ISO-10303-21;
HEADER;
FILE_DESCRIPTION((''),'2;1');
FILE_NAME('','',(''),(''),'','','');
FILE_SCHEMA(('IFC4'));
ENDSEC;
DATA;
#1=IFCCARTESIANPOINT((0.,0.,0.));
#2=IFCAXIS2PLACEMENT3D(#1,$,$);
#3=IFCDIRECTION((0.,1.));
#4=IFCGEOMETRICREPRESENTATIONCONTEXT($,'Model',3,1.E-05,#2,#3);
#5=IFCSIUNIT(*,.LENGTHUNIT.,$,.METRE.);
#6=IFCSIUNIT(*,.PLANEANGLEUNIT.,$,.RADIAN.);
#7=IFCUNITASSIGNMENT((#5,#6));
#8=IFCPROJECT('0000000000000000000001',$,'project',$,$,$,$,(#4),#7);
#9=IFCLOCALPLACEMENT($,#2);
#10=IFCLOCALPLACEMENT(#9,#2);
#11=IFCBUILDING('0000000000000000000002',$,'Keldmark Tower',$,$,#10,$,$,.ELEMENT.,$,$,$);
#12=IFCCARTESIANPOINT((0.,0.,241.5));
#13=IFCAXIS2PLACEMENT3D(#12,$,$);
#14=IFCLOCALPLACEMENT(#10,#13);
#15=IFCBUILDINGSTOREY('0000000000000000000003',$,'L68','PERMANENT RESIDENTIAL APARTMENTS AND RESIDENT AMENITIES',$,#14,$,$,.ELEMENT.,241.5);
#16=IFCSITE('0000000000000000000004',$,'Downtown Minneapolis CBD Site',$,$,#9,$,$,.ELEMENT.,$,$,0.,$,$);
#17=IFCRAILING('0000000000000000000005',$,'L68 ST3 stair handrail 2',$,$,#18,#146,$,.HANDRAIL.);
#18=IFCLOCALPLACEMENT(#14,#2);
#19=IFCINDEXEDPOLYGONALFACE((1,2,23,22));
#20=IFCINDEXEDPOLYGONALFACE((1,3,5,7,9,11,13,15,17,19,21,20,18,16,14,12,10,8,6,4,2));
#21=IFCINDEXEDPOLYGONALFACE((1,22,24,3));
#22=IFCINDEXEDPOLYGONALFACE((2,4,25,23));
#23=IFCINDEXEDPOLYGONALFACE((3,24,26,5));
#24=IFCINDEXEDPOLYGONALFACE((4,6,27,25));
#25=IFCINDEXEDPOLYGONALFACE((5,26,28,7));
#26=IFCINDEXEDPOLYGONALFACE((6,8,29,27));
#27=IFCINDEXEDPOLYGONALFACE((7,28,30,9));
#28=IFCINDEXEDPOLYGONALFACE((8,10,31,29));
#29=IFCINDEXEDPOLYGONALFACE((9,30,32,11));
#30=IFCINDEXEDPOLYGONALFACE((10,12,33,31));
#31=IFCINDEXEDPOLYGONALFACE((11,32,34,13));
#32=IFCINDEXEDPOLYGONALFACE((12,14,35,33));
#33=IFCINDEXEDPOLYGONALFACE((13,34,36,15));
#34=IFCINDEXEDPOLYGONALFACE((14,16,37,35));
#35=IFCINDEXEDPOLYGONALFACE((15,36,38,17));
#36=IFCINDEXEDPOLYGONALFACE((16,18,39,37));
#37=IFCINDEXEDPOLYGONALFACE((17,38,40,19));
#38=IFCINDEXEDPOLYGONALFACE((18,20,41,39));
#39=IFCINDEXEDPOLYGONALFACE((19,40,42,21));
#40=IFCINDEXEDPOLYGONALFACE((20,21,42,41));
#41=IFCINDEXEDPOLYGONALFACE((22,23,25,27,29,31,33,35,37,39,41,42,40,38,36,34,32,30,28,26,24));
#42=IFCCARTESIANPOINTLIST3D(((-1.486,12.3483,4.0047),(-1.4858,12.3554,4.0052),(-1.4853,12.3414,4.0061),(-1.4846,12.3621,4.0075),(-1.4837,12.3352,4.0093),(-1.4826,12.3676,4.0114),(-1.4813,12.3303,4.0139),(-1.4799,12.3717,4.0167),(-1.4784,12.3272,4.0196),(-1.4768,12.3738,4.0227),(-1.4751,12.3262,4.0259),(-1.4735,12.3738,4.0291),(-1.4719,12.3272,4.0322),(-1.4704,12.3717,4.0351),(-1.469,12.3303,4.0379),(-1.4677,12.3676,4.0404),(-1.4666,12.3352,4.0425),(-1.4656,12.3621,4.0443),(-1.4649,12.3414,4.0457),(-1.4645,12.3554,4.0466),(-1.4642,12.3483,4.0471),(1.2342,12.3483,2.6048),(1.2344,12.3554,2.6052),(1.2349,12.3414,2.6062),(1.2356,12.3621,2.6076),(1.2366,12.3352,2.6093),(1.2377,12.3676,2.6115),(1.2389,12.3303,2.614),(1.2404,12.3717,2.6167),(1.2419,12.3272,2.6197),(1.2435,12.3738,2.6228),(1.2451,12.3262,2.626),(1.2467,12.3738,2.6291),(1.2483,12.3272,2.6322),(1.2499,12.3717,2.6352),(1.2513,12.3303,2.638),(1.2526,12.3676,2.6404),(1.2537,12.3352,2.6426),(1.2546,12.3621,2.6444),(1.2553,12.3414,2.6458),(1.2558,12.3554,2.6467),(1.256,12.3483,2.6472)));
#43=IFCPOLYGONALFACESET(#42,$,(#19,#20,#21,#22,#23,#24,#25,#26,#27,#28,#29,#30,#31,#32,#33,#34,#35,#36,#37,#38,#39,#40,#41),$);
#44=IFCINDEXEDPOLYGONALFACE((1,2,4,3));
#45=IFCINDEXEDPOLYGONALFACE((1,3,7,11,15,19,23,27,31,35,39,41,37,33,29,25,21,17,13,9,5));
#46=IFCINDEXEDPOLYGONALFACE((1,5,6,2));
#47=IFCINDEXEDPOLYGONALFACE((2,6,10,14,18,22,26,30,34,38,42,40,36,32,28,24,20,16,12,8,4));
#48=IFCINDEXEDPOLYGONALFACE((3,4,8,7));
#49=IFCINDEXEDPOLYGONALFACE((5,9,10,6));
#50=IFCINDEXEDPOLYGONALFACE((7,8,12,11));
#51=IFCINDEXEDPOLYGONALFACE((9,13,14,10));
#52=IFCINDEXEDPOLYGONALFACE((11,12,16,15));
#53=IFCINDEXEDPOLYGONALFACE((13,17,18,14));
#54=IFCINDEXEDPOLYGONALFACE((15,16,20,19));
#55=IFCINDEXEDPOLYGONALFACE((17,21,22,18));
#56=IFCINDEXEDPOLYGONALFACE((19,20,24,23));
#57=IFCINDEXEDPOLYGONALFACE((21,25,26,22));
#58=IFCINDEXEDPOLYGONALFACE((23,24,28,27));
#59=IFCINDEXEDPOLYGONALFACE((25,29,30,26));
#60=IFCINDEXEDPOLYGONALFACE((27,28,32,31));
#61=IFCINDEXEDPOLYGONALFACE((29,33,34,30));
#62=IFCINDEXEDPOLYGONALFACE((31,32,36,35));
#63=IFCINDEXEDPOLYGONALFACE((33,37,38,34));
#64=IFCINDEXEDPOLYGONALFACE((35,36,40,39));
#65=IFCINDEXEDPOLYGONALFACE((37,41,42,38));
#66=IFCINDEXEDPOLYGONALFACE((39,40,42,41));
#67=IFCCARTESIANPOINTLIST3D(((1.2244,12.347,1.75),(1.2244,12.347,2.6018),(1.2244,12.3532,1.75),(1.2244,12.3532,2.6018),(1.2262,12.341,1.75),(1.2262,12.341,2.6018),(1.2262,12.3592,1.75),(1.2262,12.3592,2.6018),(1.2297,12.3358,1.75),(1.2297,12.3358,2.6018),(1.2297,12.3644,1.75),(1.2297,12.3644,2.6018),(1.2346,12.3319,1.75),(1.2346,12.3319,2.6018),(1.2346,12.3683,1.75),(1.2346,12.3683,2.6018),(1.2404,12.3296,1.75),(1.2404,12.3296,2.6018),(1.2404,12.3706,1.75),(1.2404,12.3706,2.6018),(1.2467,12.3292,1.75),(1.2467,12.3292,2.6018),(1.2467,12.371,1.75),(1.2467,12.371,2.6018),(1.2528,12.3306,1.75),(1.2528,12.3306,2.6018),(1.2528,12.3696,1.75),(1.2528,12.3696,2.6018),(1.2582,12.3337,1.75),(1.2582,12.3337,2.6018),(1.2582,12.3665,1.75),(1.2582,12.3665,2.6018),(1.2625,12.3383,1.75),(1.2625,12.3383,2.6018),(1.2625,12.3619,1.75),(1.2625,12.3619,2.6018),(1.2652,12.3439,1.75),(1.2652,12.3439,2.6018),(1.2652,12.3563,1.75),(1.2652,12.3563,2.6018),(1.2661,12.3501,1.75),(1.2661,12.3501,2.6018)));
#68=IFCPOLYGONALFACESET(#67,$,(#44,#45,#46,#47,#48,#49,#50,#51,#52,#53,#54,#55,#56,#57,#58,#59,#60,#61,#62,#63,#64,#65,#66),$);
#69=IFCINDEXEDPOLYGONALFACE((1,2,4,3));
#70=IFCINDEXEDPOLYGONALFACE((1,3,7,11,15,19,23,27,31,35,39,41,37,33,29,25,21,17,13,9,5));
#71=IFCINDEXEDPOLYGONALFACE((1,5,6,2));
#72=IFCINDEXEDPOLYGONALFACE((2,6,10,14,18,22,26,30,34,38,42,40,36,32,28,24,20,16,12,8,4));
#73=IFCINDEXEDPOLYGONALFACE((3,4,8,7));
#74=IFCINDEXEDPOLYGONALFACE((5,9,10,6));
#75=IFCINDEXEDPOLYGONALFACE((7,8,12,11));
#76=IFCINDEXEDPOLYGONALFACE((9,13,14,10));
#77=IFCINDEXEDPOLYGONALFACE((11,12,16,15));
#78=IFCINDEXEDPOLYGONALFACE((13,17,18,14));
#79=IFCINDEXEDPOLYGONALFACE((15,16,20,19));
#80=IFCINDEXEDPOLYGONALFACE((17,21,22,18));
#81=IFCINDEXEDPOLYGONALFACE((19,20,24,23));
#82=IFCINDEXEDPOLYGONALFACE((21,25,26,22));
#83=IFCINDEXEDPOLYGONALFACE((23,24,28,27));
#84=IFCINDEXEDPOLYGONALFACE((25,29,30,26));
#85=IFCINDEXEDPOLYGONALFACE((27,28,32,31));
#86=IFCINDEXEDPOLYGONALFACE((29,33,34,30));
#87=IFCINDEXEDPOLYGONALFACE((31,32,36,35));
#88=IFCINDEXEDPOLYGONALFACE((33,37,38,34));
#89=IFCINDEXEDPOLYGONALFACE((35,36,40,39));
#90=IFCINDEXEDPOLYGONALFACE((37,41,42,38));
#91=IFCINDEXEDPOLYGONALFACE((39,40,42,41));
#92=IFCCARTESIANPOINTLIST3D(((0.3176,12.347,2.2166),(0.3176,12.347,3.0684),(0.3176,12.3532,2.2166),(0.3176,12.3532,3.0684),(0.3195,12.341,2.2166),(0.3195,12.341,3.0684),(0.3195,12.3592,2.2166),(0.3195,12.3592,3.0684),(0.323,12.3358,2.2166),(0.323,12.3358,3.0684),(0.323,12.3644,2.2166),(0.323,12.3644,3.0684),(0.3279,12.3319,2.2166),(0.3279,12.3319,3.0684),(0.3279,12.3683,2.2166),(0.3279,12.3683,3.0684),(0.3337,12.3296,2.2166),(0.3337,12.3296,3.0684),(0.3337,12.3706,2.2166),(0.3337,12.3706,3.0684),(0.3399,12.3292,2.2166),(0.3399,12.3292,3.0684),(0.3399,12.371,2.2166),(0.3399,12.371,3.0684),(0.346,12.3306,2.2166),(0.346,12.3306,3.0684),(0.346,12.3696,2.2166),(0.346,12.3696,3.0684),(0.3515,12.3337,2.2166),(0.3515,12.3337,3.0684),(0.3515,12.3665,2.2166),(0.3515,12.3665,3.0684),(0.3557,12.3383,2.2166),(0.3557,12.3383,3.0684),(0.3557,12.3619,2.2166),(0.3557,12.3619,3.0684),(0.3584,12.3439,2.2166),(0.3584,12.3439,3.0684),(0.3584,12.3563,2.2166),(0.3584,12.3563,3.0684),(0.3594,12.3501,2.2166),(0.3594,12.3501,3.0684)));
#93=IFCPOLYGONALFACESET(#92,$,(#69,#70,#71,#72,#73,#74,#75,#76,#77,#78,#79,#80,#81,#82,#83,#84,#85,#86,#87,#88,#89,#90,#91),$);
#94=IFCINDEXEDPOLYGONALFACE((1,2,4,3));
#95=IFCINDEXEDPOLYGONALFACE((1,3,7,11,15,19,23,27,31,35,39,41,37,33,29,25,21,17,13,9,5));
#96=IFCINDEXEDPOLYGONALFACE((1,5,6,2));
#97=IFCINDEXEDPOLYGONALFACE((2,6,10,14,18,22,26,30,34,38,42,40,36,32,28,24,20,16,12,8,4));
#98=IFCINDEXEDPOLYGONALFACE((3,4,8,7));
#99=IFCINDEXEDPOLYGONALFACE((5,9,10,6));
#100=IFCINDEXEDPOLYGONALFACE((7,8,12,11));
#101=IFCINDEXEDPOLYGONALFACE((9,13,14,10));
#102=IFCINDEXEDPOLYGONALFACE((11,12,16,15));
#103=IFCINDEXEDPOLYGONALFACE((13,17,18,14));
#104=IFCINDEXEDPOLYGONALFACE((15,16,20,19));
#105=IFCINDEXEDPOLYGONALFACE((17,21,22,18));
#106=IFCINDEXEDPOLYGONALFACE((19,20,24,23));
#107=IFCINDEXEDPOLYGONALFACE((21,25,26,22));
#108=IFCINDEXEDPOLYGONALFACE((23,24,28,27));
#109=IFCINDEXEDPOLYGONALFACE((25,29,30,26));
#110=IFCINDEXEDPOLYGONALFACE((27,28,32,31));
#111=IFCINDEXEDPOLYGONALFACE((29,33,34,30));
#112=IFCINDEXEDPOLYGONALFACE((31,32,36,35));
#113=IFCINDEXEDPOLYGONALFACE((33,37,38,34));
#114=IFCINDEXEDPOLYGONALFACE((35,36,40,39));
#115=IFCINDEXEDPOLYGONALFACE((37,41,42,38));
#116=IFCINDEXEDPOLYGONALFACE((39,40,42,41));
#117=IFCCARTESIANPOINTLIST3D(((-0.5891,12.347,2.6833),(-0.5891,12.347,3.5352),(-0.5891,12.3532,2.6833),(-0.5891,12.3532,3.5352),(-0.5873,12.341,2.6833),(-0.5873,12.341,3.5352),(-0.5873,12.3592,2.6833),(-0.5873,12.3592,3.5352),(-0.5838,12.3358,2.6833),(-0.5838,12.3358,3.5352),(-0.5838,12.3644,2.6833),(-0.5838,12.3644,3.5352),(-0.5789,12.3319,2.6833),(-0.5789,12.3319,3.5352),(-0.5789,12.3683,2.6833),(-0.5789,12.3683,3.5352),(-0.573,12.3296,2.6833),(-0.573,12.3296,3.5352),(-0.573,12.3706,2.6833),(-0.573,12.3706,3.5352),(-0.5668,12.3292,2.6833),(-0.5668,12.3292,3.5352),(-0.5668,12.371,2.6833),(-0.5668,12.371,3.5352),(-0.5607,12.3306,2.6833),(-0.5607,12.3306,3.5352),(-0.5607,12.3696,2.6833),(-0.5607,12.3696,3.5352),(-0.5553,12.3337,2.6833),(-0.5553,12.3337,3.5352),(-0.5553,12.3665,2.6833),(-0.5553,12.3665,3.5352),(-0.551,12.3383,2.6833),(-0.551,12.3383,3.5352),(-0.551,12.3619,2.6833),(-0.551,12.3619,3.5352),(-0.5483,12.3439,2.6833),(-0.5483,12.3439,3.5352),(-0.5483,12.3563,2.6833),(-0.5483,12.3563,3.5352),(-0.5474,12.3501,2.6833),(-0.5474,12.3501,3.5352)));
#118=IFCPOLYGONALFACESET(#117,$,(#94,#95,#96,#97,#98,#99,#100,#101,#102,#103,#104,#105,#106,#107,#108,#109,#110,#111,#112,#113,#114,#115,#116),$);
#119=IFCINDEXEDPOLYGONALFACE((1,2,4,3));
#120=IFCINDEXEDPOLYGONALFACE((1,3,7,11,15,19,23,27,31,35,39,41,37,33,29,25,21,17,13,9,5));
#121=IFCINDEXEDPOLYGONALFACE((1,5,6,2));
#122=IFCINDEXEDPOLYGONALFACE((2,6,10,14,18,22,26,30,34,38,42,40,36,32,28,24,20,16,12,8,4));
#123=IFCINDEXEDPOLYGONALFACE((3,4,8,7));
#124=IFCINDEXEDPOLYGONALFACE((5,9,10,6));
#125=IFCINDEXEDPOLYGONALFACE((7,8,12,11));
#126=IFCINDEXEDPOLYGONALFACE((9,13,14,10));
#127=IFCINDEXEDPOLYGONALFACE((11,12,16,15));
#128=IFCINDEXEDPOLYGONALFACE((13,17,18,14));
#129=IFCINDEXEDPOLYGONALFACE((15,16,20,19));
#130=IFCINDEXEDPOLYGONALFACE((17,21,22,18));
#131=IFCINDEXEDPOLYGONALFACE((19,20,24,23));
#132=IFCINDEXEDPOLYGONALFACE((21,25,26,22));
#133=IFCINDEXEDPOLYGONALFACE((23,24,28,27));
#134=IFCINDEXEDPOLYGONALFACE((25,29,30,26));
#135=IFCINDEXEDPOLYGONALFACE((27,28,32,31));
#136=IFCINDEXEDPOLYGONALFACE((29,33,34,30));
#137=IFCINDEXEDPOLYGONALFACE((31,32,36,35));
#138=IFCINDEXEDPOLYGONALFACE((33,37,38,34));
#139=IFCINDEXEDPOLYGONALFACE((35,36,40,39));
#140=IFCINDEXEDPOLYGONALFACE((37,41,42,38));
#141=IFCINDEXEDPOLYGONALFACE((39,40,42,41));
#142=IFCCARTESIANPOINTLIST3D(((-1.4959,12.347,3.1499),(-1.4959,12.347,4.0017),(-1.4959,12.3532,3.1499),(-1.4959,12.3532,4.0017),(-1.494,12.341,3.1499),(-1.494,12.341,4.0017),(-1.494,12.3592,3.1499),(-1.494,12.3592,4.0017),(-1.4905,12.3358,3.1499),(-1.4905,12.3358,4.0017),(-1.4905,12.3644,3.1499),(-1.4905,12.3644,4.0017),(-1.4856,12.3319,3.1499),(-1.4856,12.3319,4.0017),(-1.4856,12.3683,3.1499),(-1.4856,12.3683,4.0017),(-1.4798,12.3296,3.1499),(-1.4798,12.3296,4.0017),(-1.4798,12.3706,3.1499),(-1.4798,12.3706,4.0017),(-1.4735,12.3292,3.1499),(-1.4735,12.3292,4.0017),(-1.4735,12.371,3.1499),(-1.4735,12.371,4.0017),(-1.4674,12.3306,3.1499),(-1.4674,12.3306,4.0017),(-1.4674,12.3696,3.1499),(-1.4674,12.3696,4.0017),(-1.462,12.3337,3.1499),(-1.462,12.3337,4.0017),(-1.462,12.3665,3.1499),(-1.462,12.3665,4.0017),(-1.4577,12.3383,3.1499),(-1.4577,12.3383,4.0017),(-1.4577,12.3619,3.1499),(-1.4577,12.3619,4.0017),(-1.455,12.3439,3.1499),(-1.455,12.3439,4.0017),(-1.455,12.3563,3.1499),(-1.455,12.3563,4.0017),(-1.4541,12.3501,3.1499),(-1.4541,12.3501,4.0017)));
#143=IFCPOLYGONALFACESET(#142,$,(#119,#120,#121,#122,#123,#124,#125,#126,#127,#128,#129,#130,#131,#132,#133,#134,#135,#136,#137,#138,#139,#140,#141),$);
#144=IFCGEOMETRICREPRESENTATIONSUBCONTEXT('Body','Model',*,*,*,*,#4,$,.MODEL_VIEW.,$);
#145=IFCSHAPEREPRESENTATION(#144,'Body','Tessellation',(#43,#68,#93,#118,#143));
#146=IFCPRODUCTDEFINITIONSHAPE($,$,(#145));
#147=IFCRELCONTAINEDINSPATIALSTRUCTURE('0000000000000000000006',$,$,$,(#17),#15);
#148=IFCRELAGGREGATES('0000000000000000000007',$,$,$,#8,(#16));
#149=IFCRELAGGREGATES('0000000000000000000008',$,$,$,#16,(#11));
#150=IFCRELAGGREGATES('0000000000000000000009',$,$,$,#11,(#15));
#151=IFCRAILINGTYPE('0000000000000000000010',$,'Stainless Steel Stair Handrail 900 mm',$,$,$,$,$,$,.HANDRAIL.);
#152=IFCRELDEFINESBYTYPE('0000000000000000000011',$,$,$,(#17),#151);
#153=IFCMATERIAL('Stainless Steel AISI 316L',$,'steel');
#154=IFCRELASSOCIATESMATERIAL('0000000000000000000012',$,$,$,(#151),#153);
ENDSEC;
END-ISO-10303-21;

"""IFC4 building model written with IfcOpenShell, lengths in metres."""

from ifc_helpers import new_model, si_unit, direction, frame, origin, origin_2d, place, context, subcontext, project, spatial, circle, extrude, material, type_object, element, save


model = new_model("IFC4")

# Units and contexts
model_context = context("Model", 3, precision=1e-05, world=origin(), true_north=direction((0.0, 1.0)))
body_context = subcontext(model_context, "Body", "Model", "MODEL_VIEW")
ifc_project = project(units=[si_unit("LENGTHUNIT", "METRE"), si_unit("PLANEANGLEUNIT", "RADIAN")], contexts=[model_context])

# Site, building, storey
site_placement = place(None, origin())
site = spatial("IfcSite", under=ifc_project, at=site_placement, Name="Downtown Minneapolis CBD Site", CompositionType="ELEMENT", RefElevation=0.0)
building_placement = place(site_placement, origin())
building = spatial("IfcBuilding", under=site, at=building_placement, Name="Keldmark Tower", CompositionType="ELEMENT")
storey_placement = place(building_placement, frame((0.0, 0.0, 241.5)))
storey = spatial("IfcBuildingStorey", under=building, at=storey_placement, Name="L68", Description="PERMANENT RESIDENTIAL APARTMENTS AND RESIDENT AMENITIES", CompositionType="ELEMENT", Elevation=241.5)

# Railing
ifc_material_1 = material(Name="Stainless Steel AISI 316L", Category="steel")
railing_type_1 = type_object("IfcRailingType", Name="Stainless Steel Stair Handrail 900 mm", PredefinedType="HANDRAIL", material=ifc_material_1)
railing_1_placement = place(storey_placement, frame((1.2451, 12.3501, 1.75)))
element("IfcRailing", 1, at=railing_1_placement, inside=storey, type_object=railing_type_1, Name="L68 ST3 stair handrail 2", PredefinedType="HANDRAIL", context=body_context, shape_type="SweptSolid", body=[
    extrude(circle(Radius=0.0239, at=origin_2d()), frame((0.0, 0.0, 0.876), z_axis=(-0.889164, 0.0, 0.45759), x_axis=(0.0, -1.0, 0.0)), (0.0, 0.0, 1.0), 3.0593),
    extrude(circle(Radius=0.021, at=origin_2d()), origin(), (0.0, 0.0, 1.0), 0.8518),
    extrude(circle(Radius=0.021, at=origin_2d()), frame((-0.9067, 0.0, 0.4666)), (0.0, 0.0, 1.0), 0.8518),
    extrude(circle(Radius=0.021, at=origin_2d()), frame((-1.8135, 0.0, 0.9333)), (0.0, 0.0, 1.0), 0.8518),
    extrude(circle(Radius=0.021, at=origin_2d()), frame((-2.7202, 0.0, 1.3999)), (0.0, 0.0, 1.0), 0.8518),
])

save(model, "model.ifc")
